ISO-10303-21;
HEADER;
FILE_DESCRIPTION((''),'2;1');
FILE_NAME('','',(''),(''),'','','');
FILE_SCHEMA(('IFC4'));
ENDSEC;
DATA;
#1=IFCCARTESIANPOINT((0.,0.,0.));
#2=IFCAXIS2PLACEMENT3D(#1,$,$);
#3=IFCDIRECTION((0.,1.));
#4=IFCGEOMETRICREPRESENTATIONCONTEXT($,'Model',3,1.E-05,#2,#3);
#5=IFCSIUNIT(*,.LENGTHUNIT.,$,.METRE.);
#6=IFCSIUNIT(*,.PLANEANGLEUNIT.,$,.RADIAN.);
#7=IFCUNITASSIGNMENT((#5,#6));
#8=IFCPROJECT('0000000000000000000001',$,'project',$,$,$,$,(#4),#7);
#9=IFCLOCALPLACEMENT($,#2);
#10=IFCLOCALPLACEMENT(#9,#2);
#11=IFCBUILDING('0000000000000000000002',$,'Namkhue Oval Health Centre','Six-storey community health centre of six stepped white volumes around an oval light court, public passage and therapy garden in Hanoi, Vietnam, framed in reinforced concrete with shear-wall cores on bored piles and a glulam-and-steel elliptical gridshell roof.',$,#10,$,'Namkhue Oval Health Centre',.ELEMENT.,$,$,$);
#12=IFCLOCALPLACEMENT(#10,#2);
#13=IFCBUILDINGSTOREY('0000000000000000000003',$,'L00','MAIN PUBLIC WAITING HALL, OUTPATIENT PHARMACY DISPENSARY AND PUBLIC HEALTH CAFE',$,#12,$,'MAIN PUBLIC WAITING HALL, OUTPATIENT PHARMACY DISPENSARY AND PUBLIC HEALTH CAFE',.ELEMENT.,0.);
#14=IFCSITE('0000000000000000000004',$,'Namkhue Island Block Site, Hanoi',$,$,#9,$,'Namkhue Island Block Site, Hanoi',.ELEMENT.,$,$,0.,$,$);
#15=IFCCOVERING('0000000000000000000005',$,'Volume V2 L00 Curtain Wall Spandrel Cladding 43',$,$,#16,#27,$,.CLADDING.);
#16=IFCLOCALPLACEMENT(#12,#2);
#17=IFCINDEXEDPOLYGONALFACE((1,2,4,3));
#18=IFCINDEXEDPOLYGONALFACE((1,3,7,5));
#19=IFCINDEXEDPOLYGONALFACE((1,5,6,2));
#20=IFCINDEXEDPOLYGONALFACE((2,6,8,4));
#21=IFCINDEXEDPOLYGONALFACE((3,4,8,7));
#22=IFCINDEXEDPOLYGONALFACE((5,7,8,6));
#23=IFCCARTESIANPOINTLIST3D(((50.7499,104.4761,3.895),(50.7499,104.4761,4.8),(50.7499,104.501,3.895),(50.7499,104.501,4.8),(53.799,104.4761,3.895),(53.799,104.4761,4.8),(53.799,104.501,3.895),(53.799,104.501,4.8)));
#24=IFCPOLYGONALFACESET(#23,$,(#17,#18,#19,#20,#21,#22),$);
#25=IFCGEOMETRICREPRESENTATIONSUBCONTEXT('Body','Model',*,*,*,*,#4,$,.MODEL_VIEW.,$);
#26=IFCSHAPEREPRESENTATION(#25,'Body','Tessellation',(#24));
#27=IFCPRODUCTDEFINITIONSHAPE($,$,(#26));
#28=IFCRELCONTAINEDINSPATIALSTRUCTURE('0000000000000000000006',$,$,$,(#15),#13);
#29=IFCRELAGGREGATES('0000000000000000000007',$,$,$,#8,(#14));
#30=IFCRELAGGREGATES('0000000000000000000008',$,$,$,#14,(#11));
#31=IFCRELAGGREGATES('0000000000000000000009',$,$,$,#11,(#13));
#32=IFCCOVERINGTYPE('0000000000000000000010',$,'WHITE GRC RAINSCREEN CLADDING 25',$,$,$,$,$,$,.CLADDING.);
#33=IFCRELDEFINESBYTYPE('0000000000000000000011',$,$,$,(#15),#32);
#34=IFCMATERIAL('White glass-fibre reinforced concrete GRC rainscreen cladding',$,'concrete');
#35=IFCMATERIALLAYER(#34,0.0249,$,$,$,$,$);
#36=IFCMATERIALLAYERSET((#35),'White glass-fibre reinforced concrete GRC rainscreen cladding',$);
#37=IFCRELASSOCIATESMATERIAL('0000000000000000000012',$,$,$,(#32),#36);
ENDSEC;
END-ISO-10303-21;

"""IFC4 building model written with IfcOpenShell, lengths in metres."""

from ifc_helpers import new_model, si_unit, direction, frame, origin, origin_2d, place, context, subcontext, project, spatial, rectangle, extrude, material, layer, layer_set, type_object, element, save


model = new_model("IFC4")

# Units and contexts
model_context = context("Model", 3, precision=1e-05, world=origin(), true_north=direction((0.0, 1.0)))
body_context = subcontext(model_context, "Body", "Model", "MODEL_VIEW")
ifc_project = project(units=[si_unit("LENGTHUNIT", "METRE"), si_unit("PLANEANGLEUNIT", "RADIAN")], contexts=[model_context])

# Site, building, storey
site_placement = place(None, origin())
site = spatial("IfcSite", under=ifc_project, at=site_placement, Name="Namkhue Island Block Site, Hanoi", LongName="Namkhue Island Block Site, Hanoi", CompositionType="ELEMENT", RefElevation=0.0)
building_placement = place(site_placement, origin())
building = spatial("IfcBuilding", under=site, at=building_placement, Name="Namkhue Oval Health Centre", Description="Six-storey community health centre of six stepped white volumes around an oval light court, public passage and therapy garden in Hanoi, Vietnam, framed in reinforced concrete with shear-wall cores on bored piles and a glulam-and-steel elliptical gridshell roof.", LongName="Namkhue Oval Health Centre", CompositionType="ELEMENT")
storey_placement = place(building_placement, origin())
storey = spatial("IfcBuildingStorey", under=building, at=storey_placement, Name="L00", Description="MAIN PUBLIC WAITING HALL, OUTPATIENT PHARMACY DISPENSARY AND PUBLIC HEALTH CAFE", LongName="MAIN PUBLIC WAITING HALL, OUTPATIENT PHARMACY DISPENSARY AND PUBLIC HEALTH CAFE", CompositionType="ELEMENT", Elevation=0.0)

# Covering
ifc_material_1 = material(Name="White glass-fibre reinforced concrete GRC rainscreen cladding", Category="concrete")
ifc_layer_1 = layer(ifc_material_1, 0.0249)
ifc_layer_set_1 = layer_set([ifc_layer_1], Name="White glass-fibre reinforced concrete GRC rainscreen cladding")
covering_type = type_object("IfcCoveringType", Name="WHITE GRC RAINSCREEN CLADDING 25", PredefinedType="CLADDING", material=ifc_layer_set_1)
for number, where, z_axis, x_axis, name in (
    (1, (52.2744, 104.4885, 3.895), (0.0, 0.0, 1.0), (-1.0, 0.0, 0.0), "Volume V2 L00 Curtain Wall Spandrel Cladding 43"),
):
    element("IfcCovering", number, at=place(storey_placement, frame(where, z_axis=z_axis, x_axis=x_axis)), inside=storey, type_object=covering_type, Name=name, PredefinedType="CLADDING", context=body_context, shape_type="SweptSolid", body=[
        extrude(rectangle(XDim=3.0491, YDim=0.0249, at=origin_2d()), origin(), (0.0, 0.0, 1.0), 0.905),
    ])

save(model, "model.ifc")
